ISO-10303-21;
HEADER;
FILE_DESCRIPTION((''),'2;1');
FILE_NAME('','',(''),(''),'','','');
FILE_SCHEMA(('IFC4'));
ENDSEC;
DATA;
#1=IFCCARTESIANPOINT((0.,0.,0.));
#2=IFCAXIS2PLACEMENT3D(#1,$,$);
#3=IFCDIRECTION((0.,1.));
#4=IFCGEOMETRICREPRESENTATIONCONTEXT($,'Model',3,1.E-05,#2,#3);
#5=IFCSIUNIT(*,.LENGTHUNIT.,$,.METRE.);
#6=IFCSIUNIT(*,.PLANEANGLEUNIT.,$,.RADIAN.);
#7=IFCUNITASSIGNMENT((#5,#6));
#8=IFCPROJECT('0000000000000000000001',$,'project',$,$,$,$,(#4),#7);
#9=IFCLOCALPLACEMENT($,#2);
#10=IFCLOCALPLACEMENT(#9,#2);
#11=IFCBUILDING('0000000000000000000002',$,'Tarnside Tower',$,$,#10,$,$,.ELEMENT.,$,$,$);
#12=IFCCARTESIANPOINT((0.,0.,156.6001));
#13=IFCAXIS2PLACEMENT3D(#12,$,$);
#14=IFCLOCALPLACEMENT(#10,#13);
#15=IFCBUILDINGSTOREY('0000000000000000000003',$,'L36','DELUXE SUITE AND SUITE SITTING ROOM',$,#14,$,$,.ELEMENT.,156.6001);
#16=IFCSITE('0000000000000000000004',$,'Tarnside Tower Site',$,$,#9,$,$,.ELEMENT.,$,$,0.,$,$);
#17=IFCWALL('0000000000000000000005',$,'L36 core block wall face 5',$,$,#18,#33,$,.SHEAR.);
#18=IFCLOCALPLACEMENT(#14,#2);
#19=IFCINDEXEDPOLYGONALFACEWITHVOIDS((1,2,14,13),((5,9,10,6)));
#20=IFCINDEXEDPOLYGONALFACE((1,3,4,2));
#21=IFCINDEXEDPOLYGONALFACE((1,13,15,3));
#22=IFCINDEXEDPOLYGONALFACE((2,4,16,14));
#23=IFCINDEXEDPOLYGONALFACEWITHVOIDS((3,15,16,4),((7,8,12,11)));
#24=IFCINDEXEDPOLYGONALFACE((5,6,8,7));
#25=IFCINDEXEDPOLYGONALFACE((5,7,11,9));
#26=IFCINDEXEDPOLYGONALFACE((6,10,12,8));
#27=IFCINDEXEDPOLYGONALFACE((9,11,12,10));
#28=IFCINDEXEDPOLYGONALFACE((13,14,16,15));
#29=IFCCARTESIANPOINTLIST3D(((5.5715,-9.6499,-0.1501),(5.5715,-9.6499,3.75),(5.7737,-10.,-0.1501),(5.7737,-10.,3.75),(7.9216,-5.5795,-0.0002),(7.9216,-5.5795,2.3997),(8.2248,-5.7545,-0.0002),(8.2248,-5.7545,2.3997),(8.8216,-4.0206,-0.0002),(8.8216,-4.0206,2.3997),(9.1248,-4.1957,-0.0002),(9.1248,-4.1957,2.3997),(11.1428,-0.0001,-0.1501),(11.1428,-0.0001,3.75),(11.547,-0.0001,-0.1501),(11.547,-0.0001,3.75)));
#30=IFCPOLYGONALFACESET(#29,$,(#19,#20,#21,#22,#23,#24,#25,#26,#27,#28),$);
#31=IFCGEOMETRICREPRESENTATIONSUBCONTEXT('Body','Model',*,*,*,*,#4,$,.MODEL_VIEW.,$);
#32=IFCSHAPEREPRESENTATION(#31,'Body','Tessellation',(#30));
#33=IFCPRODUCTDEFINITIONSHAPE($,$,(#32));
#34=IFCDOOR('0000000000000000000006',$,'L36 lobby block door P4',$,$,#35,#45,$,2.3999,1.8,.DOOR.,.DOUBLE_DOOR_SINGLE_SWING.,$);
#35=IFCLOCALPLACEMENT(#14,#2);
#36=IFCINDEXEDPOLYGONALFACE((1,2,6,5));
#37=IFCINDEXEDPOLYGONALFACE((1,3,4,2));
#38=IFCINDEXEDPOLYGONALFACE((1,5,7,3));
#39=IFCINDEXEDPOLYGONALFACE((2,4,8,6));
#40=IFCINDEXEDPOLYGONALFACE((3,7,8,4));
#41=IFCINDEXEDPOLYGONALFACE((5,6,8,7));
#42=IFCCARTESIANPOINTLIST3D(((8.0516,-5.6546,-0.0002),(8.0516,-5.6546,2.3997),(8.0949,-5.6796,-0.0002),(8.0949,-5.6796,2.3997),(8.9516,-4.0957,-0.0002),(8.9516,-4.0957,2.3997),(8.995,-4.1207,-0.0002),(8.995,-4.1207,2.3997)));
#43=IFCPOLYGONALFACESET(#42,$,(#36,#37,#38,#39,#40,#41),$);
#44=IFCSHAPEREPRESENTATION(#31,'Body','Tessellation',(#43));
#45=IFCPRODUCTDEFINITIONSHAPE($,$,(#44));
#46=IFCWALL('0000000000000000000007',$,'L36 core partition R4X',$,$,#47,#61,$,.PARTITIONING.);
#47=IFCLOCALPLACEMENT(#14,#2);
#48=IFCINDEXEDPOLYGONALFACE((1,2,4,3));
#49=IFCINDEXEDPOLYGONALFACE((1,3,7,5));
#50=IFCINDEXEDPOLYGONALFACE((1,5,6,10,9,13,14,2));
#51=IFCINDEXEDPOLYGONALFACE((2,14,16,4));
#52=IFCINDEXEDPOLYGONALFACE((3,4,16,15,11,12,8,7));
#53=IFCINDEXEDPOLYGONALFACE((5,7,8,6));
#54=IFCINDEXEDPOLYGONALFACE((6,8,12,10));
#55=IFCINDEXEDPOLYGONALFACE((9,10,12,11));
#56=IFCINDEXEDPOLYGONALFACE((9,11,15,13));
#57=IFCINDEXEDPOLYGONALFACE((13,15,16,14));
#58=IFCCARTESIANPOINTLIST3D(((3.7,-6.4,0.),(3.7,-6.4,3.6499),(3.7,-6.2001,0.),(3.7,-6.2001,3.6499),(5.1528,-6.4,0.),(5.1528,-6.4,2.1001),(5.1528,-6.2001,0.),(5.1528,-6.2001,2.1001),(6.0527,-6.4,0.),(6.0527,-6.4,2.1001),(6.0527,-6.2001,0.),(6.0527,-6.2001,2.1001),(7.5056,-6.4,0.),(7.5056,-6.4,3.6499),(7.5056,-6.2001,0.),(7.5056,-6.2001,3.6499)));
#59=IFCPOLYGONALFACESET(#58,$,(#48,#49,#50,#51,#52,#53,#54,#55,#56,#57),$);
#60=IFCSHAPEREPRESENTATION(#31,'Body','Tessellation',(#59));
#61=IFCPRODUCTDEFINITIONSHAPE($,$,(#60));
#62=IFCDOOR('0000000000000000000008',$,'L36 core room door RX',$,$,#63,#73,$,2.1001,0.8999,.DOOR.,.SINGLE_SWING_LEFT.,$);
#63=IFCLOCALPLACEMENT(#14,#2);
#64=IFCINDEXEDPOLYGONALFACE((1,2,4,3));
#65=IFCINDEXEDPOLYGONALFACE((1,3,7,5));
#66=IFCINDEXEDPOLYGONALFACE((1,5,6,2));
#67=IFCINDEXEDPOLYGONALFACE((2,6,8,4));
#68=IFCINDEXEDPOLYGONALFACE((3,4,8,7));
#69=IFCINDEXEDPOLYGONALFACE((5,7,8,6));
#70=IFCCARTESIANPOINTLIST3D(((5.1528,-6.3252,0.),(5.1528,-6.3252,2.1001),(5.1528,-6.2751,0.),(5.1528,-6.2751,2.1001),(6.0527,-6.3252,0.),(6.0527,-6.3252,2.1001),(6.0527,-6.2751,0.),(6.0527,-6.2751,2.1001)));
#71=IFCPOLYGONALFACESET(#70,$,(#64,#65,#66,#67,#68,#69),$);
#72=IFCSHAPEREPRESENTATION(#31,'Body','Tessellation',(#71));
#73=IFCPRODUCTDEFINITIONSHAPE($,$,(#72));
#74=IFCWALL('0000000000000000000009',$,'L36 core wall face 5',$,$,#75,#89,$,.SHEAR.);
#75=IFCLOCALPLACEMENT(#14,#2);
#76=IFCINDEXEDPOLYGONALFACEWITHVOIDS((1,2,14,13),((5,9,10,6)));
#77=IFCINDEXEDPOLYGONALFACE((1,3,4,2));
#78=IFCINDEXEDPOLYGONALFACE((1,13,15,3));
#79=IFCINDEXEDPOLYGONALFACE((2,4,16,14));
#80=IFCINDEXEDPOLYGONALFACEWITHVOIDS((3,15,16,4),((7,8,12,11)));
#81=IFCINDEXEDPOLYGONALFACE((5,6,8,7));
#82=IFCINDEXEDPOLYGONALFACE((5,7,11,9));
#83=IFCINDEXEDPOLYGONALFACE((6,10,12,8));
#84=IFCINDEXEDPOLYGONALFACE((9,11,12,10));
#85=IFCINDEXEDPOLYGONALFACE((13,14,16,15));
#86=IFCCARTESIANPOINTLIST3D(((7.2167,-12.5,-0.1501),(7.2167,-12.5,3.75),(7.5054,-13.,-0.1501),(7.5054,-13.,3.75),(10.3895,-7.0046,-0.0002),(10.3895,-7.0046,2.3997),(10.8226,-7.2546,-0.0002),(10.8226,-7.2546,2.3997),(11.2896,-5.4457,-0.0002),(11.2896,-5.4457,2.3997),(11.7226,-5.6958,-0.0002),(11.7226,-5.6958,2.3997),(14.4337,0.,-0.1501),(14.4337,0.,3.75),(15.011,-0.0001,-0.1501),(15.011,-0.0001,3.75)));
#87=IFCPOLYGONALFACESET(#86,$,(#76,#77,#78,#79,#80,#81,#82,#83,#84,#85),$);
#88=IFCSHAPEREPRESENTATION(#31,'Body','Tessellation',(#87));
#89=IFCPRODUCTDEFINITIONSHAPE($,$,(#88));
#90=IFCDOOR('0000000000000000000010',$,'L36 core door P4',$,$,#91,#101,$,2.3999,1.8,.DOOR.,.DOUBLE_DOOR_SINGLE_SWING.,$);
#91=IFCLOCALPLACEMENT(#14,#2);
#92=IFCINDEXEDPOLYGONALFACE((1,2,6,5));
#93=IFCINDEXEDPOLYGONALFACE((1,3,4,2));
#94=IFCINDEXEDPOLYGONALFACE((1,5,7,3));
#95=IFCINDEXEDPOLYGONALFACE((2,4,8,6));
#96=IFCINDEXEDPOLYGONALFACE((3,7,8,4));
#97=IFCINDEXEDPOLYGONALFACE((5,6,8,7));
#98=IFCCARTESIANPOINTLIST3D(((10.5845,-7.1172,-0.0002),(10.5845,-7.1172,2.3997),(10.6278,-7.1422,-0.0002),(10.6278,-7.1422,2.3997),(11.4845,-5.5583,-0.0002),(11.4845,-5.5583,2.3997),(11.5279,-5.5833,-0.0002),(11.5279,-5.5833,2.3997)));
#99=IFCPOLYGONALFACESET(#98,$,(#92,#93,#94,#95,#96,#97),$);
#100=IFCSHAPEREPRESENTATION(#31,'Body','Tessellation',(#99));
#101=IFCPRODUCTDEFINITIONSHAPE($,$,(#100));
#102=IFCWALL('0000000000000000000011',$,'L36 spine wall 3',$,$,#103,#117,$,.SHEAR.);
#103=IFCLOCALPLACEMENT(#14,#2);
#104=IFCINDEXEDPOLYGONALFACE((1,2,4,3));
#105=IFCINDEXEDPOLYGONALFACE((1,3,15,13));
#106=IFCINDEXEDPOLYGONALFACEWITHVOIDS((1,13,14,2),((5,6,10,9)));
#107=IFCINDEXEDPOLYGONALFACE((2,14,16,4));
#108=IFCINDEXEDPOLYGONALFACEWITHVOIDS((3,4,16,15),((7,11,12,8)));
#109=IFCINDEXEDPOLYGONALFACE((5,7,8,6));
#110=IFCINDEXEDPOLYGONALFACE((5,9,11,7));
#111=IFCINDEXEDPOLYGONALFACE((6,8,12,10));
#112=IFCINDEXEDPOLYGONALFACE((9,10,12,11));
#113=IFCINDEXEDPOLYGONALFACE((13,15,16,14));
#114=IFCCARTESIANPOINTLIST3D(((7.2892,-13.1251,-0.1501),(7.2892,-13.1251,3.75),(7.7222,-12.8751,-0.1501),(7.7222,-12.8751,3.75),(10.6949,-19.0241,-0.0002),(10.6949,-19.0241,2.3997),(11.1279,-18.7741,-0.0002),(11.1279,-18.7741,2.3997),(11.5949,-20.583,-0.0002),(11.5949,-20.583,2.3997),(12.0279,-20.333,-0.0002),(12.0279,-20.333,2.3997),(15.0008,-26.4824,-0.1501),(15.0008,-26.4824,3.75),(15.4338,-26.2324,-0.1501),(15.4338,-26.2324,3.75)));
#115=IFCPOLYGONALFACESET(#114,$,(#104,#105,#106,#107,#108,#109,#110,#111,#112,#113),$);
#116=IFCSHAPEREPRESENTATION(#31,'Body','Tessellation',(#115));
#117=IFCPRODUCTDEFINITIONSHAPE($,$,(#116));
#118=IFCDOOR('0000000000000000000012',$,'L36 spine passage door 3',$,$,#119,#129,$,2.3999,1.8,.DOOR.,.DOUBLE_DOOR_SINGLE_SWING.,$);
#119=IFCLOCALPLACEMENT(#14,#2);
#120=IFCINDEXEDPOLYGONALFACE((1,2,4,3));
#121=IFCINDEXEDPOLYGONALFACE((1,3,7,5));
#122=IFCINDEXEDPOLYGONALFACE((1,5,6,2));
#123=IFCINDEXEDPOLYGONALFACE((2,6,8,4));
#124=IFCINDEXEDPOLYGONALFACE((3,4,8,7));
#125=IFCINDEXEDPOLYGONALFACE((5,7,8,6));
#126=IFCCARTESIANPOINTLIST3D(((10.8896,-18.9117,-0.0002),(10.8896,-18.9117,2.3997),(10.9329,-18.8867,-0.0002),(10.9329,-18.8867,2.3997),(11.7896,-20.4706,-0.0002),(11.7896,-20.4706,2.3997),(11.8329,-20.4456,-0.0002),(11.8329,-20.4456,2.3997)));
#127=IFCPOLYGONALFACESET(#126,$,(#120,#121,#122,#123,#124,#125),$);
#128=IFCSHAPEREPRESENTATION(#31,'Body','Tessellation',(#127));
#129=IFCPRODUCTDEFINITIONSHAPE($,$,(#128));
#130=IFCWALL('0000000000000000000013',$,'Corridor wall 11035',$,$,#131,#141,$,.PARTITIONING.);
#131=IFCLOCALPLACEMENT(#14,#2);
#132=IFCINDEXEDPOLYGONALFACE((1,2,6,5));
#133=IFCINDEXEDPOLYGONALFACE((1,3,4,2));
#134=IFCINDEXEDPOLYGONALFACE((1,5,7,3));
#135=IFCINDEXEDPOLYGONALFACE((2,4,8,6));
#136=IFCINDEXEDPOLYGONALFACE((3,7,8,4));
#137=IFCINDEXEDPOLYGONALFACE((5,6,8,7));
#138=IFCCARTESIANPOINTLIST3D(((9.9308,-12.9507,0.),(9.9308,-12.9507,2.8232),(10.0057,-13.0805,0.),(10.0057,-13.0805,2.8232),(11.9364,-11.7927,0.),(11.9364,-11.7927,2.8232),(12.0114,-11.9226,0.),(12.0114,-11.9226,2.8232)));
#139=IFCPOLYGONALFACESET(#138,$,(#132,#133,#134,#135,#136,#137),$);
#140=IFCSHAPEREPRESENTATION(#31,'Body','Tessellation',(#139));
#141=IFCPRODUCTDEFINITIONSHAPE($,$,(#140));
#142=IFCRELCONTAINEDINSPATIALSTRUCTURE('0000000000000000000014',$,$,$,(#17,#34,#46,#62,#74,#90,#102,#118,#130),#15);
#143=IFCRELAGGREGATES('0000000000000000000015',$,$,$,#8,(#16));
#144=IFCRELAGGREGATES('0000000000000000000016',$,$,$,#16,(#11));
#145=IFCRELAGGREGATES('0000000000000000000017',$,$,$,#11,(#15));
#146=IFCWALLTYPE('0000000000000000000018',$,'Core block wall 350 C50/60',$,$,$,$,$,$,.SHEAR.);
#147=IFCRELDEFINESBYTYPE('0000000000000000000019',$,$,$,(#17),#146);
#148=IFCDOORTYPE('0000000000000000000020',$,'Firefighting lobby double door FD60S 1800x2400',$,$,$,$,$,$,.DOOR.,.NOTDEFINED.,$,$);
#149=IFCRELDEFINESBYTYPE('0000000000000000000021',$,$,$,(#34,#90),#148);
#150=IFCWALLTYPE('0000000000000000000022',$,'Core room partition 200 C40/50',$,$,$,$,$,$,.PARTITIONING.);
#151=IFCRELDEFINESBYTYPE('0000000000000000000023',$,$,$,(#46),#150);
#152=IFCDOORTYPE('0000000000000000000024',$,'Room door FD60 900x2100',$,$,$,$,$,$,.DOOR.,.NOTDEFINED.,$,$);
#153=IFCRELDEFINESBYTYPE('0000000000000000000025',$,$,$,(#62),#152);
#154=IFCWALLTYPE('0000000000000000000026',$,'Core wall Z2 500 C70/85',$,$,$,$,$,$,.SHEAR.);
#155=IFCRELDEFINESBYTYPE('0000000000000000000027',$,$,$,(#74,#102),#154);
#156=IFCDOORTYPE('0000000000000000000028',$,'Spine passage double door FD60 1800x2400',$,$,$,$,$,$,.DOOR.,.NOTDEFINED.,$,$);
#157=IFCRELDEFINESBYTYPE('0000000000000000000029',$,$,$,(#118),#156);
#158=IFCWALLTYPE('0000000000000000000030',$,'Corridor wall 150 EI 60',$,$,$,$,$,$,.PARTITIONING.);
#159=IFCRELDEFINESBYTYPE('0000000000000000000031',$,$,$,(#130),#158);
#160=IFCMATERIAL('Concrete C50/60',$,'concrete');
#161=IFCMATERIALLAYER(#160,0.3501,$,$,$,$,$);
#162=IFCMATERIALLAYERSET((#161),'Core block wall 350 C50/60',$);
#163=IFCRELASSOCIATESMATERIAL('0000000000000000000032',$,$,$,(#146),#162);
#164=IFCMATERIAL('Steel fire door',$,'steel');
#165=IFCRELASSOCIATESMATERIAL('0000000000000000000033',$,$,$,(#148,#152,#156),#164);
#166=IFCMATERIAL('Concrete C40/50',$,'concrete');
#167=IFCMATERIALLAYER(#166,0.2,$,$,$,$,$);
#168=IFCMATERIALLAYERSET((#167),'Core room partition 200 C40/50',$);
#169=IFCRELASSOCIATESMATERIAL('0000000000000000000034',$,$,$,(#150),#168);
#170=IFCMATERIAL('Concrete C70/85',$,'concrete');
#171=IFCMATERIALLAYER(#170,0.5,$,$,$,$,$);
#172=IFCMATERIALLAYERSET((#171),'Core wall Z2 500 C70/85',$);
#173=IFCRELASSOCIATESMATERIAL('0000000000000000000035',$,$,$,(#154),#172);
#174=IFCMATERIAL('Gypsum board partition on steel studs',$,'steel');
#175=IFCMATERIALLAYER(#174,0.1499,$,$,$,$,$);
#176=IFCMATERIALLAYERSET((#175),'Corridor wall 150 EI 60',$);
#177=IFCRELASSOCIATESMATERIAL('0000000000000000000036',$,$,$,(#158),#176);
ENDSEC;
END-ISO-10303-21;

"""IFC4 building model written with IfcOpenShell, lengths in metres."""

from ifc_helpers import new_model, si_unit, direction, frame, frame_2d, origin, place, context, subcontext, project, spatial, polyline, rectangle, outline, extrude, material, layer, layer_set, type_object, element, fill, save


model = new_model("IFC4")

# Units and contexts
model_context = context("Model", 3, precision=1e-05, world=origin(), true_north=direction((0.0, 1.0)))
body_context = subcontext(model_context, "Body", "Model", "MODEL_VIEW")
ifc_project = project(units=[si_unit("LENGTHUNIT", "METRE"), si_unit("PLANEANGLEUNIT", "RADIAN")], contexts=[model_context])

# Site, building, storey
site_placement = place(None, origin())
site = spatial("IfcSite", under=ifc_project, at=site_placement, Name="Tarnside Tower Site", CompositionType="ELEMENT", RefElevation=0.0)
building_placement = place(site_placement, origin())
building = spatial("IfcBuilding", under=site, at=building_placement, Name="Tarnside Tower", CompositionType="ELEMENT")
storey_placement = place(building_placement, frame((0.0, 0.0, 156.6001)))
storey = spatial("IfcBuildingStorey", under=building, at=storey_placement, Name="L36", Description="DELUXE SUITE AND SUITE SITTING ROOM", CompositionType="ELEMENT", Elevation=156.6001)

# Walls, openings, doors
ifc_material_1 = material(Name="Concrete C50/60", Category="concrete")
ifc_layer_1 = layer(ifc_material_1, 0.3501)
ifc_layer_set_1 = layer_set([ifc_layer_1], Name="Core block wall 350 C50/60")
wall_type_1 = type_object("IfcWallType", Name="Core block wall 350 C50/60", PredefinedType="SHEAR", material=ifc_layer_set_1)
wall_1_placement = place(storey_placement, frame((5.6726, -9.825, -0.1501), z_axis=(0.0, 0.0, 1.0), x_axis=(0.499995, 0.866028, 0.0)))
wall_1 = element("IfcWall", 1, at=wall_1_placement, inside=storey, type_object=wall_type_1, Name="L36 core block wall face 5", PredefinedType="SHEAR", context=body_context, shape_type="SweptSolid", body=[
    extrude(outline(polyline([(-0.1011, -0.175), (11.4458, -0.175), (11.2437, 0.175), (0.1011, 0.175), (-0.1011, -0.175)])), origin(), (0.0, 0.0, 1.0), 3.9001),
])
opening_1_placement = place(wall_1_placement, frame((4.8013, 0.0, 0.1499)))
opening_1 = element("IfcOpeningElement", 2, at=opening_1_placement, cuts=wall_1, PredefinedType="OPENING", context=body_context, shape_type="SweptSolid", body=[
    extrude(rectangle(XDim=1.8, YDim=2.3999, at=frame_2d((0.8999, 1.2))), frame((0.0, 0.1851, 0.0), z_axis=(0.0, -1.0, 0.0), x_axis=(1.0, 0.0, 0.0)), (0.0, 0.0, 1.0), 0.3701),
])
ifc_material_2 = material(Name="Steel fire door", Category="steel")
door_type_1 = type_object("IfcDoorType", Name="Firefighting lobby double door FD60S 1800x2400", OperationType="NOTDEFINED", PredefinedType="DOOR", material=ifc_material_2)
door_1_placement = place(opening_1_placement, origin())
door_1 = element("IfcDoor", 3, at=door_1_placement, inside=storey, type_object=door_type_1, Name="L36 lobby block door P4", OperationType="DOUBLE_DOOR_SINGLE_SWING", OverallHeight=2.3999, OverallWidth=1.8, PredefinedType="DOOR", context=body_context, shape_type="SweptSolid", body=[
    extrude(rectangle(XDim=1.8, YDim=2.3999, at=frame_2d((0.8999, 1.2))), frame((0.0, 0.0249, 0.0), z_axis=(0.0, -1.0, 0.0), x_axis=(1.0, 0.0, 0.0)), (0.0, 0.0, 1.0), 0.05),
])
fill(opening_1, door_1)
ifc_material_3 = material(Name="Concrete C40/50", Category="concrete")
ifc_layer_2 = layer(ifc_material_3, 0.2)
ifc_layer_set_2 = layer_set([ifc_layer_2], Name="Core room partition 200 C40/50")
wall_type_2 = type_object("IfcWallType", Name="Core room partition 200 C40/50", PredefinedType="PARTITIONING", material=ifc_layer_set_2)
wall_2_placement = place(storey_placement, frame((3.7, -6.3, 0.0), z_axis=(0.0, 0.0, 1.0), x_axis=(1.0, 0.0, 0.0)))
wall_2 = element("IfcWall", 4, at=wall_2_placement, inside=storey, type_object=wall_type_2, Name="L36 core partition R4X", PredefinedType="PARTITIONING", context=body_context, shape_type="SweptSolid", body=[
    extrude(rectangle(XDim=3.8057, YDim=0.2, at=frame_2d((1.9028, 0.0))), origin(), (0.0, 0.0, 1.0), 3.6499),
])
opening_2_placement = place(wall_2_placement, frame((1.4529, 0.0, 0.0)))
opening_2 = element("IfcOpeningElement", 5, at=opening_2_placement, cuts=wall_2, PredefinedType="OPENING", context=body_context, shape_type="SweptSolid", body=[
    extrude(rectangle(XDim=0.8999, YDim=2.1001, at=frame_2d((0.45, 1.05))), frame((0.0, 0.1099, 0.0), z_axis=(0.0, -1.0, 0.0), x_axis=(1.0, 0.0, 0.0)), (0.0, 0.0, 1.0), 0.22),
])
door_type_2 = type_object("IfcDoorType", Name="Room door FD60 900x2100", OperationType="NOTDEFINED", PredefinedType="DOOR", material=ifc_material_2)
door_2_placement = place(opening_2_placement, origin())
door_2 = element("IfcDoor", 6, at=door_2_placement, inside=storey, type_object=door_type_2, Name="L36 core room door RX", OperationType="SINGLE_SWING_LEFT", OverallHeight=2.1001, OverallWidth=0.8999, PredefinedType="DOOR", context=body_context, shape_type="SweptSolid", body=[
    extrude(rectangle(XDim=0.8999, YDim=2.1001, at=frame_2d((0.45, 1.05))), frame((0.0, 0.0249, 0.0), z_axis=(0.0, -1.0, 0.0), x_axis=(1.0, 0.0, 0.0)), (0.0, 0.0, 1.0), 0.05),
])
fill(opening_2, door_2)
ifc_material_4 = material(Name="Concrete C70/85", Category="concrete")
ifc_layer_3 = layer(ifc_material_4, 0.5)
ifc_layer_set_3 = layer_set([ifc_layer_3], Name="Core wall Z2 500 C70/85")
wall_type_3 = type_object("IfcWallType", Name="Core wall Z2 500 C70/85", PredefinedType="SHEAR", material=ifc_layer_set_3)
wall_3_placement = place(storey_placement, frame((7.3611, -12.75, -0.1501), z_axis=(0.0, 0.0, 1.0), x_axis=(0.500006, 0.866022, 0.0)))
wall_3 = element("IfcWall", 7, at=wall_3_placement, inside=storey, type_object=wall_type_3, Name="L36 core wall face 5", PredefinedType="SHEAR", context=body_context, shape_type="SweptSolid", body=[
    extrude(outline(polyline([(-0.1443, -0.25), (14.8667, -0.25), (14.5781, 0.25), (0.1443, 0.25), (-0.1443, -0.25)])), origin(), (0.0, 0.0, 1.0), 3.9001),
])
opening_3_placement = place(wall_3_placement, frame((6.49, 0.0, 0.1499)))
opening_3 = element("IfcOpeningElement", 8, at=opening_3_placement, cuts=wall_3, PredefinedType="OPENING", context=body_context, shape_type="SweptSolid", body=[
    extrude(rectangle(XDim=1.8, YDim=2.3999, at=frame_2d((0.8999, 1.2))), frame((0.0, 0.26, 0.0), z_axis=(0.0, -1.0, 0.0), x_axis=(1.0, 0.0, 0.0)), (0.0, 0.0, 1.0), 0.52),
])
door_3_placement = place(opening_3_placement, origin())
door_3 = element("IfcDoor", 9, at=door_3_placement, inside=storey, type_object=door_type_1, Name="L36 core door P4", OperationType="DOUBLE_DOOR_SINGLE_SWING", OverallHeight=2.3999, OverallWidth=1.8, PredefinedType="DOOR", context=body_context, shape_type="SweptSolid", body=[
    extrude(rectangle(XDim=1.8, YDim=2.3999, at=frame_2d((0.8999, 1.2))), frame((0.0, 0.0249, 0.0), z_axis=(0.0, -1.0, 0.0), x_axis=(1.0, 0.0, 0.0)), (0.0, 0.0, 1.0), 0.05),
])
fill(opening_3, door_3)
wall_4_placement = place(storey_placement, frame((7.5056, -13.0, -0.1501), z_axis=(0.0, 0.0, 1.0), x_axis=(0.499988, -0.866032, 0.0)))
wall_4 = element("IfcWall", 10, at=wall_4_placement, inside=storey, type_object=wall_type_3, Name="L36 spine wall 3", PredefinedType="SHEAR", context=body_context, shape_type="SweptSolid", body=[
    extrude(rectangle(XDim=15.4236, YDim=0.5, at=frame_2d((7.7119, 0.0))), origin(), (0.0, 0.0, 1.0), 3.9001),
])
opening_4_placement = place(wall_4_placement, frame((6.8118, 0.0, 0.1499)))
opening_4 = element("IfcOpeningElement", 11, at=opening_4_placement, cuts=wall_4, PredefinedType="OPENING", context=body_context, shape_type="SweptSolid", body=[
    extrude(rectangle(XDim=1.8, YDim=2.3999, at=frame_2d((0.8999, 1.2))), frame((0.0, 0.26, 0.0), z_axis=(0.0, -1.0, 0.0), x_axis=(1.0, 0.0, 0.0)), (0.0, 0.0, 1.0), 0.52),
])
door_type_3 = type_object("IfcDoorType", Name="Spine passage double door FD60 1800x2400", OperationType="NOTDEFINED", PredefinedType="DOOR", material=ifc_material_2)
door_4_placement = place(opening_4_placement, origin())
door_4 = element("IfcDoor", 12, at=door_4_placement, inside=storey, type_object=door_type_3, Name="L36 spine passage door 3", OperationType="DOUBLE_DOOR_SINGLE_SWING", OverallHeight=2.3999, OverallWidth=1.8, PredefinedType="DOOR", context=body_context, shape_type="SweptSolid", body=[
    extrude(rectangle(XDim=1.8, YDim=2.3999, at=frame_2d((0.8999, 1.2))), frame((0.0, 0.0249, 0.0), z_axis=(0.0, -1.0, 0.0), x_axis=(1.0, 0.0, 0.0)), (0.0, 0.0, 1.0), 0.05),
])
fill(opening_4, door_4)

# Wall
ifc_material_5 = material(Name="Gypsum board partition on steel studs", Category="steel")
ifc_layer_4 = layer(ifc_material_5, 0.1499)
ifc_layer_set_4 = layer_set([ifc_layer_4], Name="Corridor wall 150 EI 60")
wall_type_4 = type_object("IfcWallType", Name="Corridor wall 150 EI 60", PredefinedType="PARTITIONING", material=ifc_layer_set_4)
wall_5_placement = place(storey_placement, frame((9.9683, -13.0156, 0.0), z_axis=(0.0, 0.0, 1.0), x_axis=(0.866022, 0.500005, 0.0)))
element("IfcWall", 13, at=wall_5_placement, inside=storey, type_object=wall_type_4, Name="Corridor wall 11035", PredefinedType="PARTITIONING", context=body_context, shape_type="SweptSolid", body=[
    extrude(rectangle(XDim=2.3159, YDim=0.1499, at=frame_2d((1.158, 0.0))), origin(), (0.0, 0.0, 1.0), 2.8232),
])

save(model, "model.ifc")
